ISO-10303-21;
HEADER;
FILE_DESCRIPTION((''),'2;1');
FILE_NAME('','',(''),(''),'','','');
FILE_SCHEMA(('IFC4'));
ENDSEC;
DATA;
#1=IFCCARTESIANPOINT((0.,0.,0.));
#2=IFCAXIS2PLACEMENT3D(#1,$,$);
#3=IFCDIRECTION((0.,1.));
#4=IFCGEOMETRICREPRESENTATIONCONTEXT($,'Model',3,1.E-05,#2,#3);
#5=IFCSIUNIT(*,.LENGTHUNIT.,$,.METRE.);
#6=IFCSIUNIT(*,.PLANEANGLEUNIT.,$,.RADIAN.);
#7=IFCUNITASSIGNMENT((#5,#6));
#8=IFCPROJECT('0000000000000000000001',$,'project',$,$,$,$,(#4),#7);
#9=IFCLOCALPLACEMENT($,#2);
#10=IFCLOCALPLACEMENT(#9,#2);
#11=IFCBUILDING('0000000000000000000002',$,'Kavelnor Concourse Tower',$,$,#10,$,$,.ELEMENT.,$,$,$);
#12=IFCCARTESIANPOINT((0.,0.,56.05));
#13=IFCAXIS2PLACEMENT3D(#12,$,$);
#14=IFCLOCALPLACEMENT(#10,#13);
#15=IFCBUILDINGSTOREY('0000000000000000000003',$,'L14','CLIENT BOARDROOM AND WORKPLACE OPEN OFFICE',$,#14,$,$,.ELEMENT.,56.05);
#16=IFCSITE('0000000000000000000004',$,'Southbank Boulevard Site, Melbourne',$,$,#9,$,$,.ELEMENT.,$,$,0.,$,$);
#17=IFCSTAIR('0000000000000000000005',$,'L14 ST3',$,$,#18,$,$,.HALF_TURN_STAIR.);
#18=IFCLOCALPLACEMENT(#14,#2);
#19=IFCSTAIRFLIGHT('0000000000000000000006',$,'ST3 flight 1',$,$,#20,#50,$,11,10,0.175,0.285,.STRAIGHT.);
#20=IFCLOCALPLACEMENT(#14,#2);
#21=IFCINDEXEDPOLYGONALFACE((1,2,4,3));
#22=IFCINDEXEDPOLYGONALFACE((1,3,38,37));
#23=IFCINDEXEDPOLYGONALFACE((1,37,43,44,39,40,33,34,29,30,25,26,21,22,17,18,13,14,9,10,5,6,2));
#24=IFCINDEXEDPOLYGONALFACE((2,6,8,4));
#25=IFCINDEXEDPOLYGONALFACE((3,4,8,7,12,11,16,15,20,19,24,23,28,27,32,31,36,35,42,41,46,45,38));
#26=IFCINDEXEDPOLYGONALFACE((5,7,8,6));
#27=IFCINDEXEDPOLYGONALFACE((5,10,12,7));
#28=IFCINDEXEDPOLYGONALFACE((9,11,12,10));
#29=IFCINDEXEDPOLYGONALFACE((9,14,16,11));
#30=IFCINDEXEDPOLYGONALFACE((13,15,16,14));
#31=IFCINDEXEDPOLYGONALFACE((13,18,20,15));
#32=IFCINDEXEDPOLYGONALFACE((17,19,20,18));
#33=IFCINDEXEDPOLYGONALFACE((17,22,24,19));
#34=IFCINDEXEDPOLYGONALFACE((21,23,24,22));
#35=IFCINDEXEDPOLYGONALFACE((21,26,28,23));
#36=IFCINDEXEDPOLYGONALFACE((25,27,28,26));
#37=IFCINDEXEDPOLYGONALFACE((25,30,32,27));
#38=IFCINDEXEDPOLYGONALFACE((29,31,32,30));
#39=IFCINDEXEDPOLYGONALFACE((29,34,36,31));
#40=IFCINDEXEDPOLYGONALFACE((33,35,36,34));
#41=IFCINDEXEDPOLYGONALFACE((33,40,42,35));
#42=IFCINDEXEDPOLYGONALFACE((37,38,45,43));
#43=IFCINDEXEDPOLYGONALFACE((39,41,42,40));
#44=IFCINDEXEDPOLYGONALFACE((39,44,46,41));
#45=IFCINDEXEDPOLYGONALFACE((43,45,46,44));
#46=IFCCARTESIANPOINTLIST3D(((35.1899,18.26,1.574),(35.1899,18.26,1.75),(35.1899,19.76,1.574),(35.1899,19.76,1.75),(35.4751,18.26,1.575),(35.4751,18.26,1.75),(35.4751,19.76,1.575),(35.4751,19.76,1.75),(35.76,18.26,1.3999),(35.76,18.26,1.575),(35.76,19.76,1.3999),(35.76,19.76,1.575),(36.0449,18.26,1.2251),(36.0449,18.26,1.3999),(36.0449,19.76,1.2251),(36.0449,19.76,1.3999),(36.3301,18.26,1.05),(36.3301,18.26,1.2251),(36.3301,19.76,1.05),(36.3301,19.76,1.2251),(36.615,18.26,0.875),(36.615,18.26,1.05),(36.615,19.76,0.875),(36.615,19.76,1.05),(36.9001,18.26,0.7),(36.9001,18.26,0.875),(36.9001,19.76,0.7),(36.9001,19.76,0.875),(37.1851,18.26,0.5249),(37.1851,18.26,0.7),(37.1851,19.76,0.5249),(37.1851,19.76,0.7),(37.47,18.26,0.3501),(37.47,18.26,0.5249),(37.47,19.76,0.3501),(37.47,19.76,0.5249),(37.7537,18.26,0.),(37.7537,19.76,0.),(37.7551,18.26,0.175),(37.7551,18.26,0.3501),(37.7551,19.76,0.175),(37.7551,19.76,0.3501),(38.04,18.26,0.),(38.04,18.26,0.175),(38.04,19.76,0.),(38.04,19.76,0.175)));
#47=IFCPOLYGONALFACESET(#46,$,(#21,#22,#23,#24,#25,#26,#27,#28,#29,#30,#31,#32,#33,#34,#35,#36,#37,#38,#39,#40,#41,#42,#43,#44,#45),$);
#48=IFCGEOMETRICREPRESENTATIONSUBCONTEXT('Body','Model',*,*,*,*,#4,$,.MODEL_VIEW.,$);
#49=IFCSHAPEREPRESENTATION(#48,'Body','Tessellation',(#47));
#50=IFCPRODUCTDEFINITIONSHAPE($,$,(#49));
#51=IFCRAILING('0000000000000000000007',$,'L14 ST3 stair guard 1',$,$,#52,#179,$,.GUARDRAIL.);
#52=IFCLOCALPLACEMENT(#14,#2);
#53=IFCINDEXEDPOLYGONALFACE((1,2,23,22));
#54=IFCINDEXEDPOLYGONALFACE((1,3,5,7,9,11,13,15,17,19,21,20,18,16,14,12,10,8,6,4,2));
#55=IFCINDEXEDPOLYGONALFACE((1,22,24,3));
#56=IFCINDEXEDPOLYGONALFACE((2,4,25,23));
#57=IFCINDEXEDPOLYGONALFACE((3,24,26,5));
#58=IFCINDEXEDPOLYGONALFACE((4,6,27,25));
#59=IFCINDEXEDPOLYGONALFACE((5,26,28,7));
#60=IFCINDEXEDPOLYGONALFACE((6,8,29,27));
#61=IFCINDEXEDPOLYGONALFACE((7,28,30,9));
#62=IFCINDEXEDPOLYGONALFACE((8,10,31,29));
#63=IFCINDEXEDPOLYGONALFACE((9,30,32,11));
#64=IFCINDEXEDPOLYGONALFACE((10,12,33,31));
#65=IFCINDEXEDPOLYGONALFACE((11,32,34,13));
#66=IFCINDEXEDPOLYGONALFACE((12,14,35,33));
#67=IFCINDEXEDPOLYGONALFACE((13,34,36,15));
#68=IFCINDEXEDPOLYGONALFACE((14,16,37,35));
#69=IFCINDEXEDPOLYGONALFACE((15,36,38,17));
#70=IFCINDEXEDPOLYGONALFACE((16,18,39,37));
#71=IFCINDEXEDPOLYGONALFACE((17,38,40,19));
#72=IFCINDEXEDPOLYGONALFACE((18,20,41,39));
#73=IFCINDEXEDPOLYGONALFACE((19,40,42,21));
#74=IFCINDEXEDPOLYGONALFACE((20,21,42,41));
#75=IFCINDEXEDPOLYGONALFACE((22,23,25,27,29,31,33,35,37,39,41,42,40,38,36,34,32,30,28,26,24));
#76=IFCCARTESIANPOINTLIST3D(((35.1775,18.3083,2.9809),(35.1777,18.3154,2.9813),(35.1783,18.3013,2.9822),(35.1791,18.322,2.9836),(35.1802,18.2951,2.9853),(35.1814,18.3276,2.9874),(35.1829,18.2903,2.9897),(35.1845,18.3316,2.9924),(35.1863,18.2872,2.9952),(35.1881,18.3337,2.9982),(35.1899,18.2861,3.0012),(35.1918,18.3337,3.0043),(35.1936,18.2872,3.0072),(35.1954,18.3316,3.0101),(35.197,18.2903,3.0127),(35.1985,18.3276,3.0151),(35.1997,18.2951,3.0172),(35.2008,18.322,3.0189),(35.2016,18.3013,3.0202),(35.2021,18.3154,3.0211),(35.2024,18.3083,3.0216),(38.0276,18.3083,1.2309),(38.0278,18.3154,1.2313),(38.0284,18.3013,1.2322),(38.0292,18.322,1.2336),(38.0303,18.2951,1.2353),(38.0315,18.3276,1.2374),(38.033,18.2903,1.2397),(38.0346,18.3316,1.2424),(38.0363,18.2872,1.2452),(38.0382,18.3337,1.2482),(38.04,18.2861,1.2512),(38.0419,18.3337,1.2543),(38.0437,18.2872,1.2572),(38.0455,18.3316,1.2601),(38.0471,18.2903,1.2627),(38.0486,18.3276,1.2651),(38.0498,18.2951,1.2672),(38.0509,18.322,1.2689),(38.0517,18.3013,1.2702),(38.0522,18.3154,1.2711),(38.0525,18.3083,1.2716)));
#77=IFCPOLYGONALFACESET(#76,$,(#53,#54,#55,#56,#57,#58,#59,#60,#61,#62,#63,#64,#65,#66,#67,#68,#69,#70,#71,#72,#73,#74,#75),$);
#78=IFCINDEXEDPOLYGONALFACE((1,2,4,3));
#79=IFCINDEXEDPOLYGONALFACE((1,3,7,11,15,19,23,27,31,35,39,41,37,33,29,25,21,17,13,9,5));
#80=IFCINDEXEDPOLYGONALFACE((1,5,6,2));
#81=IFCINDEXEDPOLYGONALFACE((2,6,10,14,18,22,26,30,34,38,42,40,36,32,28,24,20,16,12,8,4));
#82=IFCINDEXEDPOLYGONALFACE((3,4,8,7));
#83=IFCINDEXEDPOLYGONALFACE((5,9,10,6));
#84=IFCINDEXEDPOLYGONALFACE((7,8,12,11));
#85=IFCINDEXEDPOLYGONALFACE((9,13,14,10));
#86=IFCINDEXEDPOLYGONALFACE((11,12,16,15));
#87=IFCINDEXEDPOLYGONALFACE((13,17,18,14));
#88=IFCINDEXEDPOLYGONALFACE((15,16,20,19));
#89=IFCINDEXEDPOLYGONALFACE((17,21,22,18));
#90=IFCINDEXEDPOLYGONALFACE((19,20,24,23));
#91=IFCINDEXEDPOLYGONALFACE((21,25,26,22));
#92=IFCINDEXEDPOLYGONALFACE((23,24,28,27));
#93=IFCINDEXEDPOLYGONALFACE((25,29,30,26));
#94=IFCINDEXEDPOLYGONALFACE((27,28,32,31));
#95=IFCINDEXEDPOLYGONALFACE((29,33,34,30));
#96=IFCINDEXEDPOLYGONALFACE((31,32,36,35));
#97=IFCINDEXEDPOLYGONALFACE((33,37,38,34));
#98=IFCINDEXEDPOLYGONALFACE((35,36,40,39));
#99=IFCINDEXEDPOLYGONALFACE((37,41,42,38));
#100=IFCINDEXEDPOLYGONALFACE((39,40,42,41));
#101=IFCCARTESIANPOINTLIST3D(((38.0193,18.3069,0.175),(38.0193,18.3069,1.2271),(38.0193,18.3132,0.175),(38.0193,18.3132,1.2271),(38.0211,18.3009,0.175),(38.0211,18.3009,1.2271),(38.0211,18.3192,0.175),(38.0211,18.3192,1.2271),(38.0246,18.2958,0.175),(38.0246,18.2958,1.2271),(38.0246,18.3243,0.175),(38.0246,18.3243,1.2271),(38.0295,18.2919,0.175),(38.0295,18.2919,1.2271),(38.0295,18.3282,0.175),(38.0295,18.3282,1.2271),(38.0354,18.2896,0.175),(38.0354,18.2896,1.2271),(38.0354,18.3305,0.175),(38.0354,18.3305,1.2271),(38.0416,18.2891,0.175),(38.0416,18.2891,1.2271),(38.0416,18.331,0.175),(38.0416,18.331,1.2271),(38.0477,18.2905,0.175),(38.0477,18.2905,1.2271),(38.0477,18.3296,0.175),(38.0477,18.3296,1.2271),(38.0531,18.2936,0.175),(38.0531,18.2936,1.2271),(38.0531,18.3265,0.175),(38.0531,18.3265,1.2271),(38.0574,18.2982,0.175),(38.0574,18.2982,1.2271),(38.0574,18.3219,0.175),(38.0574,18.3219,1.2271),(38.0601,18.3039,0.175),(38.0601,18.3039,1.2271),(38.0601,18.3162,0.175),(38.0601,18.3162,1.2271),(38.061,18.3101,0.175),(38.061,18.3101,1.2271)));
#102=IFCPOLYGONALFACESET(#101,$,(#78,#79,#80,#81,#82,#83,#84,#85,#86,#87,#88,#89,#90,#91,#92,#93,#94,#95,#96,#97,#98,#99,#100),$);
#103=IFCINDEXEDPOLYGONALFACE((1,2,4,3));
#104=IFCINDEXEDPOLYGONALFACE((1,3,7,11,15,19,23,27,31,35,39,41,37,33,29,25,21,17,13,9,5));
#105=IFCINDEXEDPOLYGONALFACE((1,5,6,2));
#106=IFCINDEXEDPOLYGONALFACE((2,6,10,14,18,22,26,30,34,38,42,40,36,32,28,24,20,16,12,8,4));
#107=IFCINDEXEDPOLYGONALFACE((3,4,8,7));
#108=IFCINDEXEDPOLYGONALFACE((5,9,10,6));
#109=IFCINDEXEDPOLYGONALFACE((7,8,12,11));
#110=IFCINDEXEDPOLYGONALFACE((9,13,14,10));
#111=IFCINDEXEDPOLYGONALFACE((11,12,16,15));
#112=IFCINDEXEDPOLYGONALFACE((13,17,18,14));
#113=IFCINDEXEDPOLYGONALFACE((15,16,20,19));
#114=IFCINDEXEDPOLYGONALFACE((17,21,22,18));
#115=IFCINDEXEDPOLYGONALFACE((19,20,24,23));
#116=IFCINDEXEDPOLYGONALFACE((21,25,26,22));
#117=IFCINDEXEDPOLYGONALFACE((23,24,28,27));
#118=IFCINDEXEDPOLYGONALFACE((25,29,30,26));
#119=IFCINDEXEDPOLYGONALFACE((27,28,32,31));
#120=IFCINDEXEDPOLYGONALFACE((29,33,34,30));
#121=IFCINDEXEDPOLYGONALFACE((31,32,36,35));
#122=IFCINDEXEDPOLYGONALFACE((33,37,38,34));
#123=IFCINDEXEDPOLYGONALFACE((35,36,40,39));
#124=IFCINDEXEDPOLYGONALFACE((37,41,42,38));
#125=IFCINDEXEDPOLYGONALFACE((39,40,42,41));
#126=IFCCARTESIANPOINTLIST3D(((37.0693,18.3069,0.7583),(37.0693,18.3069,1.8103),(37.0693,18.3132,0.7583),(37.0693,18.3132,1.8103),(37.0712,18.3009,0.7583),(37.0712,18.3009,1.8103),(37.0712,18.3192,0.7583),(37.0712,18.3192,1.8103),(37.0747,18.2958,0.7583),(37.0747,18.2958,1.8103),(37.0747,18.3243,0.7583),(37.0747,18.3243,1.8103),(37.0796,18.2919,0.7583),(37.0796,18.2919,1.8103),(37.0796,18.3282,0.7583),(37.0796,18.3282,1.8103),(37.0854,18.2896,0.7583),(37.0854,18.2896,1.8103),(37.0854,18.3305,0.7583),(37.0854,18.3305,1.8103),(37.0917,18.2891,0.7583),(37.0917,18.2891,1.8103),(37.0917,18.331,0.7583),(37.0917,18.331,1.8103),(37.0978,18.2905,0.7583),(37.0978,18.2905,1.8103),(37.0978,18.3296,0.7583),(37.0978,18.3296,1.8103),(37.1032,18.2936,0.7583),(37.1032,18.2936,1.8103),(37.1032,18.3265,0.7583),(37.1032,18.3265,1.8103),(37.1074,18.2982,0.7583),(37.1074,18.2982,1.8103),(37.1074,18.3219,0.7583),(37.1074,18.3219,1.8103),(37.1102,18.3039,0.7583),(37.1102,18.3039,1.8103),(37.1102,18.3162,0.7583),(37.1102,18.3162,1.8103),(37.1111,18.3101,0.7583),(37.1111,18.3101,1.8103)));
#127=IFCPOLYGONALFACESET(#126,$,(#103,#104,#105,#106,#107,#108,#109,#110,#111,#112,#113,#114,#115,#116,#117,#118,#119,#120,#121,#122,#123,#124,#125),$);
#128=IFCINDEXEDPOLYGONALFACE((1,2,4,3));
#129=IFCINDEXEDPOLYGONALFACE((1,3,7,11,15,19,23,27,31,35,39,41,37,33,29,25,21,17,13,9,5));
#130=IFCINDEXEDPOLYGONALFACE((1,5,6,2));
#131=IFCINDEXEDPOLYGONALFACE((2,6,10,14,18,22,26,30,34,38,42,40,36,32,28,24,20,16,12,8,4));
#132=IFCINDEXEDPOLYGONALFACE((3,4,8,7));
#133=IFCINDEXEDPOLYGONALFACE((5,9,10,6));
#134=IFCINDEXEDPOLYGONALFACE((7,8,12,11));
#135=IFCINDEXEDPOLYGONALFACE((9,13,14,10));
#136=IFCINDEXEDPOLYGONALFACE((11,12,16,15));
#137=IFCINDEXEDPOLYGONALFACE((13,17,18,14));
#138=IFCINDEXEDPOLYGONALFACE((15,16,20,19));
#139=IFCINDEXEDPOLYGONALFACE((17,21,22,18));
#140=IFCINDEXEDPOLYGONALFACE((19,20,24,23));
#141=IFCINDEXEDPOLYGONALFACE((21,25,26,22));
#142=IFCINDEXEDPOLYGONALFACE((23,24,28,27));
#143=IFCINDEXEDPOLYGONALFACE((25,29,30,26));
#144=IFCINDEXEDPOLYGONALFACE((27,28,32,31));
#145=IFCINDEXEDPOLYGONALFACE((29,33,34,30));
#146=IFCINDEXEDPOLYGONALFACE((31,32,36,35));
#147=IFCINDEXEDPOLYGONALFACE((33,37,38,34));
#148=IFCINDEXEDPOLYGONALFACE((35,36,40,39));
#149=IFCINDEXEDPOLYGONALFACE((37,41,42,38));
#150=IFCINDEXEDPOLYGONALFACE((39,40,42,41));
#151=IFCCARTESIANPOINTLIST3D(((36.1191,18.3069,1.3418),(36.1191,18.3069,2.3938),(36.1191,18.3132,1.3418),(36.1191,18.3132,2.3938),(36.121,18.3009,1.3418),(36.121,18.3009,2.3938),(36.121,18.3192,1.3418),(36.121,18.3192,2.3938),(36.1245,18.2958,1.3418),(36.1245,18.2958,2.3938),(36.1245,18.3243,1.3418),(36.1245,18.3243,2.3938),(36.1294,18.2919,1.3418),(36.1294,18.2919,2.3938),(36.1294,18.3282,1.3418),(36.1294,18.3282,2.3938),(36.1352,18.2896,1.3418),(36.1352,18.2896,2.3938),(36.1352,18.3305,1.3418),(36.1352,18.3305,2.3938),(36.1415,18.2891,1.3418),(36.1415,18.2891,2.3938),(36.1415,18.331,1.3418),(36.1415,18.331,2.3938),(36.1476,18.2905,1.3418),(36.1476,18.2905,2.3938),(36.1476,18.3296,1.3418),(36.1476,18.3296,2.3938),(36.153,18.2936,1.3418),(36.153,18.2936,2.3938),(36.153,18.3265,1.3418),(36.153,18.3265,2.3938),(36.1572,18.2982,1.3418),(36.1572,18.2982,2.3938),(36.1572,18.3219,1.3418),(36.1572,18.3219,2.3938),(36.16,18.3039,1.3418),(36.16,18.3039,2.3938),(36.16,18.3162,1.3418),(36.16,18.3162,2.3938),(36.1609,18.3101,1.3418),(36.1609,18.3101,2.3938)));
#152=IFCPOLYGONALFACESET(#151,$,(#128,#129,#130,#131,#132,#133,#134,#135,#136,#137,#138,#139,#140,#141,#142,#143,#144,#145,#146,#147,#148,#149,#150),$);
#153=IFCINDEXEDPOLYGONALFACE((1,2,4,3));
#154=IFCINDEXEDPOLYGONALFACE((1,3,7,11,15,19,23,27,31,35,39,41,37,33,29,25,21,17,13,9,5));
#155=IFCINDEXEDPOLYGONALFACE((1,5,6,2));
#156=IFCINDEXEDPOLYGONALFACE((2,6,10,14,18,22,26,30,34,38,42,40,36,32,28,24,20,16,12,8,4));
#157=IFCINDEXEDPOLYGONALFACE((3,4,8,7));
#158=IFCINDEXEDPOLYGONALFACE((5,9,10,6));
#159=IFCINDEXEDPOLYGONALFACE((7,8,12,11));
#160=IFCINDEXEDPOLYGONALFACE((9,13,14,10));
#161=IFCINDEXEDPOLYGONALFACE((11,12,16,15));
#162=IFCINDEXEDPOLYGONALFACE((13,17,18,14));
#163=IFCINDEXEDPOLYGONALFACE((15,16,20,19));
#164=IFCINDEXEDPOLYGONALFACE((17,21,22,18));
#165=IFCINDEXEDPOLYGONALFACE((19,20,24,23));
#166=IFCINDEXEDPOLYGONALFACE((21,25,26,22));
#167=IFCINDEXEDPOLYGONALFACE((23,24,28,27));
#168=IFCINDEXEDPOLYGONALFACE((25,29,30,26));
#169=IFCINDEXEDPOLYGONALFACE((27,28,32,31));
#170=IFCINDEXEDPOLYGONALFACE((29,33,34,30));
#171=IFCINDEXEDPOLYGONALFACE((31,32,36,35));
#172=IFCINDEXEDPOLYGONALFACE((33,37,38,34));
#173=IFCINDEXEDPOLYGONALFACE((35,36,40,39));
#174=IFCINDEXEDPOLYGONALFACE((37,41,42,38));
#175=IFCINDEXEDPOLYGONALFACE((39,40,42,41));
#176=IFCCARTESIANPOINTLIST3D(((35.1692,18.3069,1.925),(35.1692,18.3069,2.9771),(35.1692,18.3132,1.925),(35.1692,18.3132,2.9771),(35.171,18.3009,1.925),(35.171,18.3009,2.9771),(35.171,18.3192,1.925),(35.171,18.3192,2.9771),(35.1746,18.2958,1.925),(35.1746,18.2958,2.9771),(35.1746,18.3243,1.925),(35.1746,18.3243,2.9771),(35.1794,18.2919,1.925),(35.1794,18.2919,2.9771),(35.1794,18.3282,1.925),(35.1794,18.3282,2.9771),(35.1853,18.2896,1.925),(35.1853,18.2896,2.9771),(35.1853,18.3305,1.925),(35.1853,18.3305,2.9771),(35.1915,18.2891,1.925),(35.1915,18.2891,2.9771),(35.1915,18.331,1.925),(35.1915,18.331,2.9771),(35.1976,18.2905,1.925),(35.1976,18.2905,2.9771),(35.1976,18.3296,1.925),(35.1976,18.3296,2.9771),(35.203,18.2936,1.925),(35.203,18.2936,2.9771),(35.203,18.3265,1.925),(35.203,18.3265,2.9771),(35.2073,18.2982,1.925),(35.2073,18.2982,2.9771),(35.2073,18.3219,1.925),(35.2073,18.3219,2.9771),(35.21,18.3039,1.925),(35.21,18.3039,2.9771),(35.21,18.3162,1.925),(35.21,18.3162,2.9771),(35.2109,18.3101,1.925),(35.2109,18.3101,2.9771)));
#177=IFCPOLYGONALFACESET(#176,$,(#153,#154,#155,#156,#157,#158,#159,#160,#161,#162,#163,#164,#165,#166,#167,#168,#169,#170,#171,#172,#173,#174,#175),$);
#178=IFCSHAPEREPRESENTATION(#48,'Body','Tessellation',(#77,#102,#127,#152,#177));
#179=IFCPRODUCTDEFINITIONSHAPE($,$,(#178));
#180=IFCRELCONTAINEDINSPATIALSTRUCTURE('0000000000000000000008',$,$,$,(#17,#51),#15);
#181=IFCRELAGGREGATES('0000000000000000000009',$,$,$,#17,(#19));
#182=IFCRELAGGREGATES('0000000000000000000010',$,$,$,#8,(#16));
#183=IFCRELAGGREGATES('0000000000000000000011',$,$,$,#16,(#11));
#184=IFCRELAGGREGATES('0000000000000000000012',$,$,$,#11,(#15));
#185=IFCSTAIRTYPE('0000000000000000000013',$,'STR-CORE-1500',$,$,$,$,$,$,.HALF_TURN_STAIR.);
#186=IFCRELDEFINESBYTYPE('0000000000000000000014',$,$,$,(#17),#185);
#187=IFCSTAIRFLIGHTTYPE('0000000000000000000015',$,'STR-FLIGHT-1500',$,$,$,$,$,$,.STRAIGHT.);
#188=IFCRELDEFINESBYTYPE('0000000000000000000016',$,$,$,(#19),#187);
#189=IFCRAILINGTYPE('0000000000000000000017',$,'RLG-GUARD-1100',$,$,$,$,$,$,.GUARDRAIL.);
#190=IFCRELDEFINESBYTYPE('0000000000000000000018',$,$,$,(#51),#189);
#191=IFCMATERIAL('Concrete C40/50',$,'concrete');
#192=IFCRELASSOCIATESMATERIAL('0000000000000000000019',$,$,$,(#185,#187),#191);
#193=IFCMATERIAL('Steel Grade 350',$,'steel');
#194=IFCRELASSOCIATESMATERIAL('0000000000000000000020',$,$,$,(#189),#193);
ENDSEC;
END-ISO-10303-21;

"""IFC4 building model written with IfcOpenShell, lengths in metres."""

from ifc_helpers import new_model, si_unit, direction, frame, origin, origin_2d, place, context, subcontext, project, spatial, polyline, circle, outline, extrude, material, type_object, element, aggregate, save


model = new_model("IFC4")

# Units and contexts
model_context = context("Model", 3, precision=1e-05, world=origin(), true_north=direction((0.0, 1.0)))
body_context = subcontext(model_context, "Body", "Model", "MODEL_VIEW")
ifc_project = project(units=[si_unit("LENGTHUNIT", "METRE"), si_unit("PLANEANGLEUNIT", "RADIAN")], contexts=[model_context])

# Site, building, storey
site_placement = place(None, origin())
site = spatial("IfcSite", under=ifc_project, at=site_placement, Name="Southbank Boulevard Site, Melbourne", CompositionType="ELEMENT", RefElevation=0.0)
building_placement = place(site_placement, origin())
building = spatial("IfcBuilding", under=site, at=building_placement, Name="Kavelnor Concourse Tower", CompositionType="ELEMENT")
storey_placement = place(building_placement, frame((0.0, 0.0, 56.05)))
storey = spatial("IfcBuildingStorey", under=building, at=storey_placement, Name="L14", Description="CLIENT BOARDROOM AND WORKPLACE OPEN OFFICE", CompositionType="ELEMENT", Elevation=56.05)

# Shared definitions
ifc_material_1 = material(Name="Steel Grade 350", Category="steel")

# Stair, stair flight
ifc_material_2 = material(Name="Concrete C40/50", Category="concrete")
stair_type = type_object("IfcStairType", Name="STR-CORE-1500", PredefinedType="HALF_TURN_STAIR", material=ifc_material_2)
stair_placement = place(storey_placement, origin())
stair = element("IfcStair", 1, at=stair_placement, inside=storey, type_object=stair_type, Name="L14 ST3", PredefinedType="HALF_TURN_STAIR")
stair_flight_type = type_object("IfcStairFlightType", Name="STR-FLIGHT-1500", PredefinedType="STRAIGHT", material=ifc_material_2)
stair_flight_placement = place(storey_placement, frame((38.04, 19.01, 0.0), z_axis=(0.0, 0.0, 1.0), x_axis=(-1.0, 0.0, 0.0)))
stair_flight = element("IfcStairFlight", 2, at=stair_flight_placement, type_object=stair_flight_type, Name="ST3 flight 1", NumberOfRisers=11, NumberOfTreads=10, PredefinedType="STRAIGHT", RiserHeight=0.175, TreadLength=0.285, context=body_context, shape_type="SweptSolid", body=[
    extrude(outline(polyline([(0.0, 0.0), (0.0, 0.175), (0.2849, 0.175), (0.2849, 0.3501), (0.5701, 0.3501), (0.5701, 0.5249), (0.855, 0.5249), (0.855, 0.7), (1.1399, 0.7), (1.1399, 0.875), (1.425, 0.875), (1.425, 1.05), (1.71, 1.05), (1.71, 1.2251), (1.9951, 1.2251), (1.9951, 1.3999), (2.28, 1.3999), (2.28, 1.575), (2.5649, 1.575), (2.5649, 1.75), (2.8501, 1.75), (2.8501, 1.925), (2.8501, 1.574), (0.2864, 0.0), (0.0, 0.0)])), frame((0.0, 0.75, 0.0), z_axis=(0.0, -1.0, 0.0), x_axis=(1.0, 0.0, 0.0)), (0.0, 0.0, 1.0), 1.5),
])
aggregate(stair, [stair_flight])

# Railing
railing_type_1 = type_object("IfcRailingType", Name="RLG-GUARD-1100", PredefinedType="GUARDRAIL", material=ifc_material_1)
railing_1_placement = place(storey_placement, frame((38.04, 18.3101, 0.175)))
element("IfcRailing", 3, at=railing_1_placement, inside=storey, type_object=railing_type_1, Name="L14 ST3 stair guard 1", PredefinedType="GUARDRAIL", context=body_context, shape_type="SweptSolid", body=[
    extrude(circle(Radius=0.0239, at=origin_2d()), frame((0.0, 0.0, 1.0762), z_axis=(-0.852179, 0.0, 0.52325), x_axis=(0.0, -1.0, 0.0)), (0.0, 0.0, 1.0), 3.3445),
    extrude(circle(Radius=0.021, at=origin_2d()), origin(), (0.0, 0.0, 1.0), 1.052),
    extrude(circle(Radius=0.021, at=origin_2d()), frame((-0.95, 0.0, 0.5833)), (0.0, 0.0, 1.0), 1.052),
    extrude(circle(Radius=0.021, at=origin_2d()), frame((-1.9001, 0.0, 1.1667)), (0.0, 0.0, 1.0), 1.052),
    extrude(circle(Radius=0.021, at=origin_2d()), frame((-2.8501, 0.0, 1.75)), (0.0, 0.0, 1.0), 1.052),
])

save(model, "model.ifc")
